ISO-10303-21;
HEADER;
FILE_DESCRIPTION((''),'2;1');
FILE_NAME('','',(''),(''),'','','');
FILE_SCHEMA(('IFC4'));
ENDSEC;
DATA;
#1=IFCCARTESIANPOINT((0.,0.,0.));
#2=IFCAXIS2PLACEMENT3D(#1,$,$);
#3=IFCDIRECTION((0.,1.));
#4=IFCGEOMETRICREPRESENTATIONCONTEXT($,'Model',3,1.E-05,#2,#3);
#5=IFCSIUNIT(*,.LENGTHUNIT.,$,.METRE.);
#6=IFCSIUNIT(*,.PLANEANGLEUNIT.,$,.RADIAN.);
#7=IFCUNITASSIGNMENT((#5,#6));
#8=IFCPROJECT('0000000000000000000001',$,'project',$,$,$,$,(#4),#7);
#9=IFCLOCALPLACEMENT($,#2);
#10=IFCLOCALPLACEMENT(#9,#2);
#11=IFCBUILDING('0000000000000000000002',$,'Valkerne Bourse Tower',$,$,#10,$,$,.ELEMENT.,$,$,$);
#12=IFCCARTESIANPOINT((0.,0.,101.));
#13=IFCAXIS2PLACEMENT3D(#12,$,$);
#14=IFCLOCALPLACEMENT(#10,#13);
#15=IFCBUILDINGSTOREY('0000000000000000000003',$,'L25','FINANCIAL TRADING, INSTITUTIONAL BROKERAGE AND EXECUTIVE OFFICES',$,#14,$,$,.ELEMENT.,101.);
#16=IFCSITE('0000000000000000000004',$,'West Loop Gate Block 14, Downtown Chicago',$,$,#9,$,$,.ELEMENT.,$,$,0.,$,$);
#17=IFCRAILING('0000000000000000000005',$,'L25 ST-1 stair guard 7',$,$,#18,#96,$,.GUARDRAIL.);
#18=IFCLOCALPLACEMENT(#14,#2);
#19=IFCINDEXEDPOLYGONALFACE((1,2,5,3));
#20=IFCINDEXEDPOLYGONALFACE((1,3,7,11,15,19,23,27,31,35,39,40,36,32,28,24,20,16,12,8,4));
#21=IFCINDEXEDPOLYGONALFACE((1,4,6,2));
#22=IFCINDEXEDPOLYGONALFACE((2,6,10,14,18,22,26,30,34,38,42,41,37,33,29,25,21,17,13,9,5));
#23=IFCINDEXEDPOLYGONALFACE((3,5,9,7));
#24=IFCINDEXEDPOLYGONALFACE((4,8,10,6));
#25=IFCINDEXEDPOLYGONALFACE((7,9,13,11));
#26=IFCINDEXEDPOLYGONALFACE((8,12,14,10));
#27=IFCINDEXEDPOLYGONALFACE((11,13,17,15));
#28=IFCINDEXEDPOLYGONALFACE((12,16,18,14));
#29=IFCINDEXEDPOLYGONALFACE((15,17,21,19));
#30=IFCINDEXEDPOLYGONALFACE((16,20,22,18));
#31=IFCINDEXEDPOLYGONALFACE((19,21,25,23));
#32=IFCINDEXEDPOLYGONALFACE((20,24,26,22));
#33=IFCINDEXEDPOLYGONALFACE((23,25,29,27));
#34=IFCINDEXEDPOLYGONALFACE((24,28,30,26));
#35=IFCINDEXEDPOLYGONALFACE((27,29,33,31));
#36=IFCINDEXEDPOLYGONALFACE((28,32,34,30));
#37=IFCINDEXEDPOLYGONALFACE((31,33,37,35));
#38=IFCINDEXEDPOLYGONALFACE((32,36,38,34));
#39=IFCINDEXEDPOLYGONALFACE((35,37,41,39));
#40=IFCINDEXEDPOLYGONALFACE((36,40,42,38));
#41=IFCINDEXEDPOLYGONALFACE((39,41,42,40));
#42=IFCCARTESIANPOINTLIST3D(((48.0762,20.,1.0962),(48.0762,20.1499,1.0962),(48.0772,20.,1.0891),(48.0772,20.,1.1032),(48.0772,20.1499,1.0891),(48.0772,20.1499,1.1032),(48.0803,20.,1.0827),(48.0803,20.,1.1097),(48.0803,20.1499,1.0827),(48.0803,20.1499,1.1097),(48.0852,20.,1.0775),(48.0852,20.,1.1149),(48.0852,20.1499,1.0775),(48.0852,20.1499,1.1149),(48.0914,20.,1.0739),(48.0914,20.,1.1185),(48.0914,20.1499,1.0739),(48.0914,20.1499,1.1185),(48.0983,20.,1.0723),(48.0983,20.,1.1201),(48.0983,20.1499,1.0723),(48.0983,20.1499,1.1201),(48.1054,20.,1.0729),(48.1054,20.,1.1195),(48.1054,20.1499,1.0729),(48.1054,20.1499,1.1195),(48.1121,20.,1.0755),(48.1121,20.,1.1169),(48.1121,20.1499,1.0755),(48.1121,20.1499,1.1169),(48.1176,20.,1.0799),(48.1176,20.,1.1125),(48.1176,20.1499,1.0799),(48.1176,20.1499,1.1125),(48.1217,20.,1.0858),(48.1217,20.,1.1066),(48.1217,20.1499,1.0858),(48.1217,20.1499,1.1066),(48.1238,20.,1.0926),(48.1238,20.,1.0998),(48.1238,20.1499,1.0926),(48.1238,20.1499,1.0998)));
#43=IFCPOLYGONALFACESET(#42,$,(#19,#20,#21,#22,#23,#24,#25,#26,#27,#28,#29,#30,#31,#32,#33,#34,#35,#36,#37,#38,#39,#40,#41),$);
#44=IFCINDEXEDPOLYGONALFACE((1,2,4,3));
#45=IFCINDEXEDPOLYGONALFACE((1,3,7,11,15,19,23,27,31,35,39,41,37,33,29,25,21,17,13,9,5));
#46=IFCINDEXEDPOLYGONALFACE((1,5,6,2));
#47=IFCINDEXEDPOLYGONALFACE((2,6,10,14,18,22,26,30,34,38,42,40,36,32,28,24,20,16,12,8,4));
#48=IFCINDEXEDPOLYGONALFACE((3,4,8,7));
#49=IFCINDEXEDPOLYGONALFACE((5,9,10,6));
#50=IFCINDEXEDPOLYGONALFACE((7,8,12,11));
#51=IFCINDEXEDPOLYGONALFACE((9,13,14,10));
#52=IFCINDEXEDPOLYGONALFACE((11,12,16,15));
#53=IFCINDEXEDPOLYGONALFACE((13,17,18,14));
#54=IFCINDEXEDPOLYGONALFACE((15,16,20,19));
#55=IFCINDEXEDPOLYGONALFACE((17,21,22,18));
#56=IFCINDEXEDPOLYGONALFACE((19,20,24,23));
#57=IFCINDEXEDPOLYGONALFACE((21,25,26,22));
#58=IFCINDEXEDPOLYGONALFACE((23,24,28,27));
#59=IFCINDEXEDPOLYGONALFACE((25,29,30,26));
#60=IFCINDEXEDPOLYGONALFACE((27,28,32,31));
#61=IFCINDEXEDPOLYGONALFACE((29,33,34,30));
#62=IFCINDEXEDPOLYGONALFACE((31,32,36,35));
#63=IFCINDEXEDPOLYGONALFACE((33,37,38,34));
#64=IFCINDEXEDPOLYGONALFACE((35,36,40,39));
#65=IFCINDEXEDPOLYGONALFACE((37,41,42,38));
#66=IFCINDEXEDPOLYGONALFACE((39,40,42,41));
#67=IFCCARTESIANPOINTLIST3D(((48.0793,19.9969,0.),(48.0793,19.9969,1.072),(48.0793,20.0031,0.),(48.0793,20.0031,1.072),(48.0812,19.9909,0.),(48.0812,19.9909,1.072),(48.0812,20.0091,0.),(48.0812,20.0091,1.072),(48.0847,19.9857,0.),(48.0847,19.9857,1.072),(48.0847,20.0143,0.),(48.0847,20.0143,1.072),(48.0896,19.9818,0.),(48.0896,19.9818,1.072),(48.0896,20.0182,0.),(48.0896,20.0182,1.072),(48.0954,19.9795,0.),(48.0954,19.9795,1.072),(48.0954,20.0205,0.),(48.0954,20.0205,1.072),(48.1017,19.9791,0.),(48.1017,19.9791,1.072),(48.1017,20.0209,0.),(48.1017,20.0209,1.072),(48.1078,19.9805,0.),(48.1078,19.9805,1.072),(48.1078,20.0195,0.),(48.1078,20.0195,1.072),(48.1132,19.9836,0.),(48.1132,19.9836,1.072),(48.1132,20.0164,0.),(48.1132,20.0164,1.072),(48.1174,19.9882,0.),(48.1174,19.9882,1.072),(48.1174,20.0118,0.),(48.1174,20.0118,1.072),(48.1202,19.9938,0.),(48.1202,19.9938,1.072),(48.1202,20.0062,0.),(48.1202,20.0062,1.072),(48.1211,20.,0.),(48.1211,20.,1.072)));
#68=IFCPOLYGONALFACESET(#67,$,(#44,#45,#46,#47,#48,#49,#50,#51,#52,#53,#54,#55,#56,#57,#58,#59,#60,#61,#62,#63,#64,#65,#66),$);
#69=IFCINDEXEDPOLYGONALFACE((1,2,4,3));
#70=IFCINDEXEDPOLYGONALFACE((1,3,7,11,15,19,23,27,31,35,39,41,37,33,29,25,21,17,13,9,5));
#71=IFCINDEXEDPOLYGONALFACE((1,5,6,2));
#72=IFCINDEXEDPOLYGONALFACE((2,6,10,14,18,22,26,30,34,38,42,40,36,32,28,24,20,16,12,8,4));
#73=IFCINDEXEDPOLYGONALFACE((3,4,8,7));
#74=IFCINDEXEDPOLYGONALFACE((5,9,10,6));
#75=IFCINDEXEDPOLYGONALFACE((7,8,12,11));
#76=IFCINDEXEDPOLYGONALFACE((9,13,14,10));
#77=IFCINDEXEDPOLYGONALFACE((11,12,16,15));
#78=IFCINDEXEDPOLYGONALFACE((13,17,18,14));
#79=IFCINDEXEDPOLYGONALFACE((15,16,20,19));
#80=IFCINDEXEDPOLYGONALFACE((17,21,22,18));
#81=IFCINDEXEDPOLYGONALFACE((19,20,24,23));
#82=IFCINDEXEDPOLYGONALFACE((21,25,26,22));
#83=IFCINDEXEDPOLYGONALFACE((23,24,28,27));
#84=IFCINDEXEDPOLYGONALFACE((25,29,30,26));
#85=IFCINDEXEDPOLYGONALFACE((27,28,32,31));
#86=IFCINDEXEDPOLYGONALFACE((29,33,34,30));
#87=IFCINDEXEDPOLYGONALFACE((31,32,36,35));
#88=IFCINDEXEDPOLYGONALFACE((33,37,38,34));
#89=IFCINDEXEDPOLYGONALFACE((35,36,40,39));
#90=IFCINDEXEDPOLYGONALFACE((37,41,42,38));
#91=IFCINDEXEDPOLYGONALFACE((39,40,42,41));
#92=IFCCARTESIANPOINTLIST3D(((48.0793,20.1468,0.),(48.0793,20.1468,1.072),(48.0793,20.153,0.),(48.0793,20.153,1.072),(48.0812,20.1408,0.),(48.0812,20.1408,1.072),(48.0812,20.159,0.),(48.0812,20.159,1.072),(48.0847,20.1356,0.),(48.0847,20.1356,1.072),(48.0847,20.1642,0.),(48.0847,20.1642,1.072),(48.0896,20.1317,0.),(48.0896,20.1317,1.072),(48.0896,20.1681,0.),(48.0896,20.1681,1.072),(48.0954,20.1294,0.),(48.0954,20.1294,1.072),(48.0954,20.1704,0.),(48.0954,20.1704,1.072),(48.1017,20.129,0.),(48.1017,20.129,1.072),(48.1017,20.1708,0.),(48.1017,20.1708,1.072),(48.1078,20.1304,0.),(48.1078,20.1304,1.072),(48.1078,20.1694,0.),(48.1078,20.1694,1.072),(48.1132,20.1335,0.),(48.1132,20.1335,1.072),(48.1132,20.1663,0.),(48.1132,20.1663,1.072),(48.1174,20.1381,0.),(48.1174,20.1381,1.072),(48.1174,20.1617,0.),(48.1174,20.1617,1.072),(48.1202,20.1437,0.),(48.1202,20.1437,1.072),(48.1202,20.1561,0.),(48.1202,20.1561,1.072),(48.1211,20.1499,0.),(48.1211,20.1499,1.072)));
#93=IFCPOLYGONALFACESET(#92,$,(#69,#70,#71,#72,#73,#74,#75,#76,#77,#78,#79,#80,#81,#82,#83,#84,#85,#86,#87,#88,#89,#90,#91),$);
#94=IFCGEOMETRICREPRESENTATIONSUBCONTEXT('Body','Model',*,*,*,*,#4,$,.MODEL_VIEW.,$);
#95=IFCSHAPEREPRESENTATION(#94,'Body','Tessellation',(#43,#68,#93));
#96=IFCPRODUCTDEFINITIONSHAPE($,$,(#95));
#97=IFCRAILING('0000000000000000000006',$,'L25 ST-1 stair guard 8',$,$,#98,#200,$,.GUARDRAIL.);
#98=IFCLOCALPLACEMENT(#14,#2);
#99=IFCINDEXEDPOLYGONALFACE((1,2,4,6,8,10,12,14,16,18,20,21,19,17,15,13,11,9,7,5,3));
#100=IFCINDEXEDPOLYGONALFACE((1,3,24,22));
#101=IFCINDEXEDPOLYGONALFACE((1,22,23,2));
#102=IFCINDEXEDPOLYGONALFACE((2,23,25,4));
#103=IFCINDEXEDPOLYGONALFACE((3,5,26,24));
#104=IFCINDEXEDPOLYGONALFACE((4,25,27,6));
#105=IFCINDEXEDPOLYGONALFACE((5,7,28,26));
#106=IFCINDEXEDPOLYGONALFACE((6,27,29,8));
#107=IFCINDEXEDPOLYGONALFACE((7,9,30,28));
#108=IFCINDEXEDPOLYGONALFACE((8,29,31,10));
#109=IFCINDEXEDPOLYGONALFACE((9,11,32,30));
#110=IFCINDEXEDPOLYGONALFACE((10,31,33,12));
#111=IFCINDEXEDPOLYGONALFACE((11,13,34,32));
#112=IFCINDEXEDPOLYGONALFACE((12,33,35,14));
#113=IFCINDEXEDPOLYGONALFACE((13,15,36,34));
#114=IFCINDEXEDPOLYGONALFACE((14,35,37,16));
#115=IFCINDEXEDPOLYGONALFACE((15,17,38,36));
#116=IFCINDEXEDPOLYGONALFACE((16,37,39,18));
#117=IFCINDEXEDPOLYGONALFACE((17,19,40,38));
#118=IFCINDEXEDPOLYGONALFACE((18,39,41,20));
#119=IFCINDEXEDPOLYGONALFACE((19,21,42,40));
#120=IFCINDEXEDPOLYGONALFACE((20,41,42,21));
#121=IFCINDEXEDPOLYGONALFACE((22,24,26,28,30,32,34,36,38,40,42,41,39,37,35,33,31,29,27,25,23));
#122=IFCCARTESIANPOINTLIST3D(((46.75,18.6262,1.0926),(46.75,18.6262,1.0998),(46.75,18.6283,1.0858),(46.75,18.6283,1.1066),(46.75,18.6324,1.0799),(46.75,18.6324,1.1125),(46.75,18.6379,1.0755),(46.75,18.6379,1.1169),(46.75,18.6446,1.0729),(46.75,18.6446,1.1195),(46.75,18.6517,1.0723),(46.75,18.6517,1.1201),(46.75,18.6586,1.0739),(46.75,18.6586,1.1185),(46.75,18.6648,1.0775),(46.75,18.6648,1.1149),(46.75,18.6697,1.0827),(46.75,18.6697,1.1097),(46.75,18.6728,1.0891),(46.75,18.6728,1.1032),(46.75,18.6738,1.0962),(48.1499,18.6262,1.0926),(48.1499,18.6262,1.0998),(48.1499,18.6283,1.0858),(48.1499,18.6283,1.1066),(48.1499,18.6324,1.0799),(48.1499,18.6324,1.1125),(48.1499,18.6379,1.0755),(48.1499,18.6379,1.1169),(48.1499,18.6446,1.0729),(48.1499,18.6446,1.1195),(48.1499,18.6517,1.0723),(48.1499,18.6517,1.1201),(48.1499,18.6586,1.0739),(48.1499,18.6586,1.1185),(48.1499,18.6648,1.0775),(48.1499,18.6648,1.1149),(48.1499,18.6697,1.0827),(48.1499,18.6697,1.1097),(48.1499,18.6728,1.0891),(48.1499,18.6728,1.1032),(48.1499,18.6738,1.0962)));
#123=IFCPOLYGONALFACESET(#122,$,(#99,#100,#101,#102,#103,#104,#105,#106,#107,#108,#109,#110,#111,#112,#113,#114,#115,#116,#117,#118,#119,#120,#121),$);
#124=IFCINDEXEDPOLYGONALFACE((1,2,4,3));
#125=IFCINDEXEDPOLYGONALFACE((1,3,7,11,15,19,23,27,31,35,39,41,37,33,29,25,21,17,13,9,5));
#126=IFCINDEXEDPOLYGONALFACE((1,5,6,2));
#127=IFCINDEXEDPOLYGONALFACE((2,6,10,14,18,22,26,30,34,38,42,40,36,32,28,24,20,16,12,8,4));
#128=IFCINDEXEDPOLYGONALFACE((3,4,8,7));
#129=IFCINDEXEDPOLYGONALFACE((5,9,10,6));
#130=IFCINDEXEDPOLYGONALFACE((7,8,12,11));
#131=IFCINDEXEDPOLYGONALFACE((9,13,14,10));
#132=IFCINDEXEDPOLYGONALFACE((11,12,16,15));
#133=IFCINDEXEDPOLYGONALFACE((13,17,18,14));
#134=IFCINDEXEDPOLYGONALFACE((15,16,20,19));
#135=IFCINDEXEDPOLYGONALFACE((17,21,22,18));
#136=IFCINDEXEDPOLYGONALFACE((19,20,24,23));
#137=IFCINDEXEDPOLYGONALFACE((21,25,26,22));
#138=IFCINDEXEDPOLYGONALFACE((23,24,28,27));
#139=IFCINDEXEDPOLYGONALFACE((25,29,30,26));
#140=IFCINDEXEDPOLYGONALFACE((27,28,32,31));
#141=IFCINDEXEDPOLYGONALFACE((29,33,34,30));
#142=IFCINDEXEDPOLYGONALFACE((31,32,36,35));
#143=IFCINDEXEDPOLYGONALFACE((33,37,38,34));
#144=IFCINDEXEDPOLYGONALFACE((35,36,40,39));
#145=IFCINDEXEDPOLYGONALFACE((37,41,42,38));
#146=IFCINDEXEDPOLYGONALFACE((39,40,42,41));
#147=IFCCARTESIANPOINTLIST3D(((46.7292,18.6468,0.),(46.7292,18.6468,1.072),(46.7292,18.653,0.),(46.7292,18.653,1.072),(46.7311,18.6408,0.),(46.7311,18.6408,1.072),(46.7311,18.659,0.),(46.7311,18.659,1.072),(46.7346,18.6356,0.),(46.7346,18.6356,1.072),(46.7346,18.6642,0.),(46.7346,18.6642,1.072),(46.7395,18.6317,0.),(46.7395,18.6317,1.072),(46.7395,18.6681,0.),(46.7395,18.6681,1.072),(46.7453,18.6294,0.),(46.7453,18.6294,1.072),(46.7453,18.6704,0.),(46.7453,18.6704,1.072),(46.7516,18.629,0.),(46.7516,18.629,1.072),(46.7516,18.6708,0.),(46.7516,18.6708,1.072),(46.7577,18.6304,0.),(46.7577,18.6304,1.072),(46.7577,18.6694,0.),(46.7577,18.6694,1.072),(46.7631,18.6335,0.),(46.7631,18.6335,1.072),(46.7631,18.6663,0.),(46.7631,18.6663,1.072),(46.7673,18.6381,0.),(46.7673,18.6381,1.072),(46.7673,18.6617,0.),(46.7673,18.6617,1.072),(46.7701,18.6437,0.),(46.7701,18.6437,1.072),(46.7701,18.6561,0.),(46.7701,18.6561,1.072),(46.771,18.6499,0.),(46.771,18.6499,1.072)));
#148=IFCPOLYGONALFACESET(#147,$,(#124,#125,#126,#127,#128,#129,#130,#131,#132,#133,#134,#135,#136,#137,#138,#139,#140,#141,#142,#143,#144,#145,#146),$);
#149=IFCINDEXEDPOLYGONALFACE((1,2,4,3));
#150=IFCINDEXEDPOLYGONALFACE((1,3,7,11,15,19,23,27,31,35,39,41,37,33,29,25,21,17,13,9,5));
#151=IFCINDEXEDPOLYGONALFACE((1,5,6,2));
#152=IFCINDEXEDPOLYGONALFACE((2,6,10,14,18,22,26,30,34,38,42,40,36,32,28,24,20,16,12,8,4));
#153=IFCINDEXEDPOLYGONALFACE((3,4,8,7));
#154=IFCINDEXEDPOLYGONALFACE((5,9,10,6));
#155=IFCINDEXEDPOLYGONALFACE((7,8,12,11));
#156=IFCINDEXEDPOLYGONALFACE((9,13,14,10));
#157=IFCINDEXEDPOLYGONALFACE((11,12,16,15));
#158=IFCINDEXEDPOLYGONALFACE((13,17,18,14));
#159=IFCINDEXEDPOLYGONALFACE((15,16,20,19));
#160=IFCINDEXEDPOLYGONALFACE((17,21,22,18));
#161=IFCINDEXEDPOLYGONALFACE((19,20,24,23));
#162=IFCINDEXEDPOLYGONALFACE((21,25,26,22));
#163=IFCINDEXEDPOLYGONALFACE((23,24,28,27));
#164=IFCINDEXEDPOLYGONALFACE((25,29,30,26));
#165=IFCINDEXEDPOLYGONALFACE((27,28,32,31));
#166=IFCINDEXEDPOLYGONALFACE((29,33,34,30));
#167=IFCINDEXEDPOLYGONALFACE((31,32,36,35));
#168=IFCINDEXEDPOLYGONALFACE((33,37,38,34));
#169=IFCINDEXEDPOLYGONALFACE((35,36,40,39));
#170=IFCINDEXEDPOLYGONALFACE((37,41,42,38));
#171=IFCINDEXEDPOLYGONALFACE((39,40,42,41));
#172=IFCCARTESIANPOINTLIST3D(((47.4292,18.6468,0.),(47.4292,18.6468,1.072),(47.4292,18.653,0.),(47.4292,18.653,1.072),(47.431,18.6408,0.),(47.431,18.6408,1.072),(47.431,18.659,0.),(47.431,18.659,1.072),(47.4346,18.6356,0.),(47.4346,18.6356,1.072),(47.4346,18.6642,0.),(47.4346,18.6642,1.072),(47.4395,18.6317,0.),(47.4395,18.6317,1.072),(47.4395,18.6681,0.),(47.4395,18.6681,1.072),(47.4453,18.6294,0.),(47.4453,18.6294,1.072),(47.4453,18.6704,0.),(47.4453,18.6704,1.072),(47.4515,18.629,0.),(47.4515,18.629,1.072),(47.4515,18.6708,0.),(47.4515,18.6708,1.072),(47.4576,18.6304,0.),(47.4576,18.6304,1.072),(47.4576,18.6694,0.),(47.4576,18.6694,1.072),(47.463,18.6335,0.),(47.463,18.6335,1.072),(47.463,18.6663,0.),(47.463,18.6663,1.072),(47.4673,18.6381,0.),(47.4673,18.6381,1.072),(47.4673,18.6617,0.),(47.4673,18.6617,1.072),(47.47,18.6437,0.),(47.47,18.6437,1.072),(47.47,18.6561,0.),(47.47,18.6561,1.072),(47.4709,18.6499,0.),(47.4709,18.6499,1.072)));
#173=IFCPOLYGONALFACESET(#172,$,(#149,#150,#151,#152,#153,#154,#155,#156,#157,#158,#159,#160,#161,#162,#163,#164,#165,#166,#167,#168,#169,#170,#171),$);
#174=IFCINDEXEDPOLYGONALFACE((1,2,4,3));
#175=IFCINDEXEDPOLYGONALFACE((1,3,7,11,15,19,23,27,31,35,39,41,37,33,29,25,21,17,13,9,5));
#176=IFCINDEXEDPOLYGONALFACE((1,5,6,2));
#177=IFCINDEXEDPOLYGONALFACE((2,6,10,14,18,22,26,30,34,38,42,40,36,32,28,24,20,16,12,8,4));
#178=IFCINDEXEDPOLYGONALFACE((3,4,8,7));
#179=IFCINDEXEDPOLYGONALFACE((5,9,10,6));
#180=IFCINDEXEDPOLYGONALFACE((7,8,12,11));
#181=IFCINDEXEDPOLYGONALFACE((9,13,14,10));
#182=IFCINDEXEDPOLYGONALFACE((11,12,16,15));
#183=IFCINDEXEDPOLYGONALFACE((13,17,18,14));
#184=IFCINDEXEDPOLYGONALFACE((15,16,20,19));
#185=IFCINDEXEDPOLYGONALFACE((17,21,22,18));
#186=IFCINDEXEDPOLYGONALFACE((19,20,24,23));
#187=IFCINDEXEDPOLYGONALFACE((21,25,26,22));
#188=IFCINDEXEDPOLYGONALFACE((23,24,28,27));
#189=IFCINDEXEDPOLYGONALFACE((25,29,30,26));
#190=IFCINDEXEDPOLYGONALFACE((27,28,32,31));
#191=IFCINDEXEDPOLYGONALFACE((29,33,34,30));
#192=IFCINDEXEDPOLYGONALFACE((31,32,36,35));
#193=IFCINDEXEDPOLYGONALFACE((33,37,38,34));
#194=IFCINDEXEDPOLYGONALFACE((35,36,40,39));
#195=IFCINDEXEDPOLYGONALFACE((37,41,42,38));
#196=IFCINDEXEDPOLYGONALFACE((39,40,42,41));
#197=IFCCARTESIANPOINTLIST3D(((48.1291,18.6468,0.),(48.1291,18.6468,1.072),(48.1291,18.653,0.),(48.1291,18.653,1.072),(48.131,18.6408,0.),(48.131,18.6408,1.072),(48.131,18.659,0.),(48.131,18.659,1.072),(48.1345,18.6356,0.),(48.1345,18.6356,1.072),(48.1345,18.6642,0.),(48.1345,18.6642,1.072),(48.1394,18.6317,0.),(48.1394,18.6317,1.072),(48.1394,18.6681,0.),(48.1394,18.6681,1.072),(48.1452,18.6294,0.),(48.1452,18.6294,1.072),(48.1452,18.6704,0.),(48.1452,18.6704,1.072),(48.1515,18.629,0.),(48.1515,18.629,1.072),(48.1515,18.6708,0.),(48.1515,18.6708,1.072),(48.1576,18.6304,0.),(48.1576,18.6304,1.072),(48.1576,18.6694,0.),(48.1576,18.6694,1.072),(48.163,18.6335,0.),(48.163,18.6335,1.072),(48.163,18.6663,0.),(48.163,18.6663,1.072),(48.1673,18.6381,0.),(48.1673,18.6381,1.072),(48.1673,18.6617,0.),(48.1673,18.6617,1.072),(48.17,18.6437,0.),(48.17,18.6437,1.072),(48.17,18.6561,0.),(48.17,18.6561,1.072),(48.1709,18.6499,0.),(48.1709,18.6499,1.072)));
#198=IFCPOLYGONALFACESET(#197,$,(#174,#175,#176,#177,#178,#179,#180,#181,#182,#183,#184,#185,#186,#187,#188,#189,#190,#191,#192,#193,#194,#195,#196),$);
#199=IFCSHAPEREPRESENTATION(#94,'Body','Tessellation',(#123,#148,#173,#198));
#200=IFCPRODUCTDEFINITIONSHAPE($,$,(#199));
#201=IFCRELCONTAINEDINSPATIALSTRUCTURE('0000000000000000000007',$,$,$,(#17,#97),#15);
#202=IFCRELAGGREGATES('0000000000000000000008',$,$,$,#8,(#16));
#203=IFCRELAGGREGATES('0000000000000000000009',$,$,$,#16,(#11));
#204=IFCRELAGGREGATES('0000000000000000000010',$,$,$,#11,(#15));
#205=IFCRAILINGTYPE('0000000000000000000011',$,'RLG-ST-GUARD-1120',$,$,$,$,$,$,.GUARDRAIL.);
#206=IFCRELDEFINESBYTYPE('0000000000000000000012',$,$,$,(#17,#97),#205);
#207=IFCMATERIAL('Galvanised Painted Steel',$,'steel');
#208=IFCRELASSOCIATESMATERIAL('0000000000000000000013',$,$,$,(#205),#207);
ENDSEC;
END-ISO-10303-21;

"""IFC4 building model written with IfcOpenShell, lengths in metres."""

from ifc_helpers import new_model, si_unit, direction, frame, origin, origin_2d, place, context, subcontext, project, spatial, circle, extrude, material, type_object, element, save


model = new_model("IFC4")

# Units and contexts
model_context = context("Model", 3, precision=1e-05, world=origin(), true_north=direction((0.0, 1.0)))
body_context = subcontext(model_context, "Body", "Model", "MODEL_VIEW")
ifc_project = project(units=[si_unit("LENGTHUNIT", "METRE"), si_unit("PLANEANGLEUNIT", "RADIAN")], contexts=[model_context])

# Site, building, storey
site_placement = place(None, origin())
site = spatial("IfcSite", under=ifc_project, at=site_placement, Name="West Loop Gate Block 14, Downtown Chicago", CompositionType="ELEMENT", RefElevation=0.0)
building_placement = place(site_placement, origin())
building = spatial("IfcBuilding", under=site, at=building_placement, Name="Valkerne Bourse Tower", CompositionType="ELEMENT")
storey_placement = place(building_placement, frame((0.0, 0.0, 101.0)))
storey = spatial("IfcBuildingStorey", under=building, at=storey_placement, Name="L25", Description="FINANCIAL TRADING, INSTITUTIONAL BROKERAGE AND EXECUTIVE OFFICES", CompositionType="ELEMENT", Elevation=101.0)

# Shared definitions
ifc_material_1 = material(Name="Galvanised Painted Steel", Category="steel")

# Railings
railing_type_1 = type_object("IfcRailingType", Name="RLG-ST-GUARD-1120", PredefinedType="GUARDRAIL", material=ifc_material_1)
railing_1_placement = place(storey_placement, frame((48.1001, 20.0, 0.0)))
element("IfcRailing", 1, at=railing_1_placement, inside=storey, type_object=railing_type_1, Name="L25 ST-1 stair guard 7", PredefinedType="GUARDRAIL", context=body_context, shape_type="SweptSolid", body=[
    extrude(circle(Radius=0.0239, at=origin_2d()), frame((0.0, 0.0, 1.0962), z_axis=(0.0, 1.0, 0.0), x_axis=(-1.0, 0.0, 0.0)), (0.0, 0.0, 1.0), 0.1499),
    extrude(circle(Radius=0.021, at=origin_2d()), origin(), (0.0, 0.0, 1.0), 1.072),
    extrude(circle(Radius=0.021, at=origin_2d()), frame((0.0, 0.1499, 0.0)), (0.0, 0.0, 1.0), 1.072),
])
for number, where, name in (
    (2, (46.75, 18.6499, 0.0), "L25 ST-1 stair guard 8"),
):
    element("IfcRailing", number, at=place(storey_placement, frame(where)), inside=storey, type_object=railing_type_1, Name=name, PredefinedType="GUARDRAIL", context=body_context, shape_type="SweptSolid", body=[
        extrude(circle(Radius=0.0239, at=origin_2d()), frame((0.0, 0.0, 1.0962), z_axis=(1.0, 0.0, 0.0), x_axis=(0.0, 1.0, 0.0)), (0.0, 0.0, 1.0), 1.3999),
        extrude(circle(Radius=0.021, at=origin_2d()), origin(), (0.0, 0.0, 1.0), 1.072),
        extrude(circle(Radius=0.021, at=origin_2d()), frame((0.7, 0.0, 0.0)), (0.0, 0.0, 1.0), 1.072),
        extrude(circle(Radius=0.021, at=origin_2d()), frame((1.3999, 0.0, 0.0)), (0.0, 0.0, 1.0), 1.072),
    ])

save(model, "model.ifc")
